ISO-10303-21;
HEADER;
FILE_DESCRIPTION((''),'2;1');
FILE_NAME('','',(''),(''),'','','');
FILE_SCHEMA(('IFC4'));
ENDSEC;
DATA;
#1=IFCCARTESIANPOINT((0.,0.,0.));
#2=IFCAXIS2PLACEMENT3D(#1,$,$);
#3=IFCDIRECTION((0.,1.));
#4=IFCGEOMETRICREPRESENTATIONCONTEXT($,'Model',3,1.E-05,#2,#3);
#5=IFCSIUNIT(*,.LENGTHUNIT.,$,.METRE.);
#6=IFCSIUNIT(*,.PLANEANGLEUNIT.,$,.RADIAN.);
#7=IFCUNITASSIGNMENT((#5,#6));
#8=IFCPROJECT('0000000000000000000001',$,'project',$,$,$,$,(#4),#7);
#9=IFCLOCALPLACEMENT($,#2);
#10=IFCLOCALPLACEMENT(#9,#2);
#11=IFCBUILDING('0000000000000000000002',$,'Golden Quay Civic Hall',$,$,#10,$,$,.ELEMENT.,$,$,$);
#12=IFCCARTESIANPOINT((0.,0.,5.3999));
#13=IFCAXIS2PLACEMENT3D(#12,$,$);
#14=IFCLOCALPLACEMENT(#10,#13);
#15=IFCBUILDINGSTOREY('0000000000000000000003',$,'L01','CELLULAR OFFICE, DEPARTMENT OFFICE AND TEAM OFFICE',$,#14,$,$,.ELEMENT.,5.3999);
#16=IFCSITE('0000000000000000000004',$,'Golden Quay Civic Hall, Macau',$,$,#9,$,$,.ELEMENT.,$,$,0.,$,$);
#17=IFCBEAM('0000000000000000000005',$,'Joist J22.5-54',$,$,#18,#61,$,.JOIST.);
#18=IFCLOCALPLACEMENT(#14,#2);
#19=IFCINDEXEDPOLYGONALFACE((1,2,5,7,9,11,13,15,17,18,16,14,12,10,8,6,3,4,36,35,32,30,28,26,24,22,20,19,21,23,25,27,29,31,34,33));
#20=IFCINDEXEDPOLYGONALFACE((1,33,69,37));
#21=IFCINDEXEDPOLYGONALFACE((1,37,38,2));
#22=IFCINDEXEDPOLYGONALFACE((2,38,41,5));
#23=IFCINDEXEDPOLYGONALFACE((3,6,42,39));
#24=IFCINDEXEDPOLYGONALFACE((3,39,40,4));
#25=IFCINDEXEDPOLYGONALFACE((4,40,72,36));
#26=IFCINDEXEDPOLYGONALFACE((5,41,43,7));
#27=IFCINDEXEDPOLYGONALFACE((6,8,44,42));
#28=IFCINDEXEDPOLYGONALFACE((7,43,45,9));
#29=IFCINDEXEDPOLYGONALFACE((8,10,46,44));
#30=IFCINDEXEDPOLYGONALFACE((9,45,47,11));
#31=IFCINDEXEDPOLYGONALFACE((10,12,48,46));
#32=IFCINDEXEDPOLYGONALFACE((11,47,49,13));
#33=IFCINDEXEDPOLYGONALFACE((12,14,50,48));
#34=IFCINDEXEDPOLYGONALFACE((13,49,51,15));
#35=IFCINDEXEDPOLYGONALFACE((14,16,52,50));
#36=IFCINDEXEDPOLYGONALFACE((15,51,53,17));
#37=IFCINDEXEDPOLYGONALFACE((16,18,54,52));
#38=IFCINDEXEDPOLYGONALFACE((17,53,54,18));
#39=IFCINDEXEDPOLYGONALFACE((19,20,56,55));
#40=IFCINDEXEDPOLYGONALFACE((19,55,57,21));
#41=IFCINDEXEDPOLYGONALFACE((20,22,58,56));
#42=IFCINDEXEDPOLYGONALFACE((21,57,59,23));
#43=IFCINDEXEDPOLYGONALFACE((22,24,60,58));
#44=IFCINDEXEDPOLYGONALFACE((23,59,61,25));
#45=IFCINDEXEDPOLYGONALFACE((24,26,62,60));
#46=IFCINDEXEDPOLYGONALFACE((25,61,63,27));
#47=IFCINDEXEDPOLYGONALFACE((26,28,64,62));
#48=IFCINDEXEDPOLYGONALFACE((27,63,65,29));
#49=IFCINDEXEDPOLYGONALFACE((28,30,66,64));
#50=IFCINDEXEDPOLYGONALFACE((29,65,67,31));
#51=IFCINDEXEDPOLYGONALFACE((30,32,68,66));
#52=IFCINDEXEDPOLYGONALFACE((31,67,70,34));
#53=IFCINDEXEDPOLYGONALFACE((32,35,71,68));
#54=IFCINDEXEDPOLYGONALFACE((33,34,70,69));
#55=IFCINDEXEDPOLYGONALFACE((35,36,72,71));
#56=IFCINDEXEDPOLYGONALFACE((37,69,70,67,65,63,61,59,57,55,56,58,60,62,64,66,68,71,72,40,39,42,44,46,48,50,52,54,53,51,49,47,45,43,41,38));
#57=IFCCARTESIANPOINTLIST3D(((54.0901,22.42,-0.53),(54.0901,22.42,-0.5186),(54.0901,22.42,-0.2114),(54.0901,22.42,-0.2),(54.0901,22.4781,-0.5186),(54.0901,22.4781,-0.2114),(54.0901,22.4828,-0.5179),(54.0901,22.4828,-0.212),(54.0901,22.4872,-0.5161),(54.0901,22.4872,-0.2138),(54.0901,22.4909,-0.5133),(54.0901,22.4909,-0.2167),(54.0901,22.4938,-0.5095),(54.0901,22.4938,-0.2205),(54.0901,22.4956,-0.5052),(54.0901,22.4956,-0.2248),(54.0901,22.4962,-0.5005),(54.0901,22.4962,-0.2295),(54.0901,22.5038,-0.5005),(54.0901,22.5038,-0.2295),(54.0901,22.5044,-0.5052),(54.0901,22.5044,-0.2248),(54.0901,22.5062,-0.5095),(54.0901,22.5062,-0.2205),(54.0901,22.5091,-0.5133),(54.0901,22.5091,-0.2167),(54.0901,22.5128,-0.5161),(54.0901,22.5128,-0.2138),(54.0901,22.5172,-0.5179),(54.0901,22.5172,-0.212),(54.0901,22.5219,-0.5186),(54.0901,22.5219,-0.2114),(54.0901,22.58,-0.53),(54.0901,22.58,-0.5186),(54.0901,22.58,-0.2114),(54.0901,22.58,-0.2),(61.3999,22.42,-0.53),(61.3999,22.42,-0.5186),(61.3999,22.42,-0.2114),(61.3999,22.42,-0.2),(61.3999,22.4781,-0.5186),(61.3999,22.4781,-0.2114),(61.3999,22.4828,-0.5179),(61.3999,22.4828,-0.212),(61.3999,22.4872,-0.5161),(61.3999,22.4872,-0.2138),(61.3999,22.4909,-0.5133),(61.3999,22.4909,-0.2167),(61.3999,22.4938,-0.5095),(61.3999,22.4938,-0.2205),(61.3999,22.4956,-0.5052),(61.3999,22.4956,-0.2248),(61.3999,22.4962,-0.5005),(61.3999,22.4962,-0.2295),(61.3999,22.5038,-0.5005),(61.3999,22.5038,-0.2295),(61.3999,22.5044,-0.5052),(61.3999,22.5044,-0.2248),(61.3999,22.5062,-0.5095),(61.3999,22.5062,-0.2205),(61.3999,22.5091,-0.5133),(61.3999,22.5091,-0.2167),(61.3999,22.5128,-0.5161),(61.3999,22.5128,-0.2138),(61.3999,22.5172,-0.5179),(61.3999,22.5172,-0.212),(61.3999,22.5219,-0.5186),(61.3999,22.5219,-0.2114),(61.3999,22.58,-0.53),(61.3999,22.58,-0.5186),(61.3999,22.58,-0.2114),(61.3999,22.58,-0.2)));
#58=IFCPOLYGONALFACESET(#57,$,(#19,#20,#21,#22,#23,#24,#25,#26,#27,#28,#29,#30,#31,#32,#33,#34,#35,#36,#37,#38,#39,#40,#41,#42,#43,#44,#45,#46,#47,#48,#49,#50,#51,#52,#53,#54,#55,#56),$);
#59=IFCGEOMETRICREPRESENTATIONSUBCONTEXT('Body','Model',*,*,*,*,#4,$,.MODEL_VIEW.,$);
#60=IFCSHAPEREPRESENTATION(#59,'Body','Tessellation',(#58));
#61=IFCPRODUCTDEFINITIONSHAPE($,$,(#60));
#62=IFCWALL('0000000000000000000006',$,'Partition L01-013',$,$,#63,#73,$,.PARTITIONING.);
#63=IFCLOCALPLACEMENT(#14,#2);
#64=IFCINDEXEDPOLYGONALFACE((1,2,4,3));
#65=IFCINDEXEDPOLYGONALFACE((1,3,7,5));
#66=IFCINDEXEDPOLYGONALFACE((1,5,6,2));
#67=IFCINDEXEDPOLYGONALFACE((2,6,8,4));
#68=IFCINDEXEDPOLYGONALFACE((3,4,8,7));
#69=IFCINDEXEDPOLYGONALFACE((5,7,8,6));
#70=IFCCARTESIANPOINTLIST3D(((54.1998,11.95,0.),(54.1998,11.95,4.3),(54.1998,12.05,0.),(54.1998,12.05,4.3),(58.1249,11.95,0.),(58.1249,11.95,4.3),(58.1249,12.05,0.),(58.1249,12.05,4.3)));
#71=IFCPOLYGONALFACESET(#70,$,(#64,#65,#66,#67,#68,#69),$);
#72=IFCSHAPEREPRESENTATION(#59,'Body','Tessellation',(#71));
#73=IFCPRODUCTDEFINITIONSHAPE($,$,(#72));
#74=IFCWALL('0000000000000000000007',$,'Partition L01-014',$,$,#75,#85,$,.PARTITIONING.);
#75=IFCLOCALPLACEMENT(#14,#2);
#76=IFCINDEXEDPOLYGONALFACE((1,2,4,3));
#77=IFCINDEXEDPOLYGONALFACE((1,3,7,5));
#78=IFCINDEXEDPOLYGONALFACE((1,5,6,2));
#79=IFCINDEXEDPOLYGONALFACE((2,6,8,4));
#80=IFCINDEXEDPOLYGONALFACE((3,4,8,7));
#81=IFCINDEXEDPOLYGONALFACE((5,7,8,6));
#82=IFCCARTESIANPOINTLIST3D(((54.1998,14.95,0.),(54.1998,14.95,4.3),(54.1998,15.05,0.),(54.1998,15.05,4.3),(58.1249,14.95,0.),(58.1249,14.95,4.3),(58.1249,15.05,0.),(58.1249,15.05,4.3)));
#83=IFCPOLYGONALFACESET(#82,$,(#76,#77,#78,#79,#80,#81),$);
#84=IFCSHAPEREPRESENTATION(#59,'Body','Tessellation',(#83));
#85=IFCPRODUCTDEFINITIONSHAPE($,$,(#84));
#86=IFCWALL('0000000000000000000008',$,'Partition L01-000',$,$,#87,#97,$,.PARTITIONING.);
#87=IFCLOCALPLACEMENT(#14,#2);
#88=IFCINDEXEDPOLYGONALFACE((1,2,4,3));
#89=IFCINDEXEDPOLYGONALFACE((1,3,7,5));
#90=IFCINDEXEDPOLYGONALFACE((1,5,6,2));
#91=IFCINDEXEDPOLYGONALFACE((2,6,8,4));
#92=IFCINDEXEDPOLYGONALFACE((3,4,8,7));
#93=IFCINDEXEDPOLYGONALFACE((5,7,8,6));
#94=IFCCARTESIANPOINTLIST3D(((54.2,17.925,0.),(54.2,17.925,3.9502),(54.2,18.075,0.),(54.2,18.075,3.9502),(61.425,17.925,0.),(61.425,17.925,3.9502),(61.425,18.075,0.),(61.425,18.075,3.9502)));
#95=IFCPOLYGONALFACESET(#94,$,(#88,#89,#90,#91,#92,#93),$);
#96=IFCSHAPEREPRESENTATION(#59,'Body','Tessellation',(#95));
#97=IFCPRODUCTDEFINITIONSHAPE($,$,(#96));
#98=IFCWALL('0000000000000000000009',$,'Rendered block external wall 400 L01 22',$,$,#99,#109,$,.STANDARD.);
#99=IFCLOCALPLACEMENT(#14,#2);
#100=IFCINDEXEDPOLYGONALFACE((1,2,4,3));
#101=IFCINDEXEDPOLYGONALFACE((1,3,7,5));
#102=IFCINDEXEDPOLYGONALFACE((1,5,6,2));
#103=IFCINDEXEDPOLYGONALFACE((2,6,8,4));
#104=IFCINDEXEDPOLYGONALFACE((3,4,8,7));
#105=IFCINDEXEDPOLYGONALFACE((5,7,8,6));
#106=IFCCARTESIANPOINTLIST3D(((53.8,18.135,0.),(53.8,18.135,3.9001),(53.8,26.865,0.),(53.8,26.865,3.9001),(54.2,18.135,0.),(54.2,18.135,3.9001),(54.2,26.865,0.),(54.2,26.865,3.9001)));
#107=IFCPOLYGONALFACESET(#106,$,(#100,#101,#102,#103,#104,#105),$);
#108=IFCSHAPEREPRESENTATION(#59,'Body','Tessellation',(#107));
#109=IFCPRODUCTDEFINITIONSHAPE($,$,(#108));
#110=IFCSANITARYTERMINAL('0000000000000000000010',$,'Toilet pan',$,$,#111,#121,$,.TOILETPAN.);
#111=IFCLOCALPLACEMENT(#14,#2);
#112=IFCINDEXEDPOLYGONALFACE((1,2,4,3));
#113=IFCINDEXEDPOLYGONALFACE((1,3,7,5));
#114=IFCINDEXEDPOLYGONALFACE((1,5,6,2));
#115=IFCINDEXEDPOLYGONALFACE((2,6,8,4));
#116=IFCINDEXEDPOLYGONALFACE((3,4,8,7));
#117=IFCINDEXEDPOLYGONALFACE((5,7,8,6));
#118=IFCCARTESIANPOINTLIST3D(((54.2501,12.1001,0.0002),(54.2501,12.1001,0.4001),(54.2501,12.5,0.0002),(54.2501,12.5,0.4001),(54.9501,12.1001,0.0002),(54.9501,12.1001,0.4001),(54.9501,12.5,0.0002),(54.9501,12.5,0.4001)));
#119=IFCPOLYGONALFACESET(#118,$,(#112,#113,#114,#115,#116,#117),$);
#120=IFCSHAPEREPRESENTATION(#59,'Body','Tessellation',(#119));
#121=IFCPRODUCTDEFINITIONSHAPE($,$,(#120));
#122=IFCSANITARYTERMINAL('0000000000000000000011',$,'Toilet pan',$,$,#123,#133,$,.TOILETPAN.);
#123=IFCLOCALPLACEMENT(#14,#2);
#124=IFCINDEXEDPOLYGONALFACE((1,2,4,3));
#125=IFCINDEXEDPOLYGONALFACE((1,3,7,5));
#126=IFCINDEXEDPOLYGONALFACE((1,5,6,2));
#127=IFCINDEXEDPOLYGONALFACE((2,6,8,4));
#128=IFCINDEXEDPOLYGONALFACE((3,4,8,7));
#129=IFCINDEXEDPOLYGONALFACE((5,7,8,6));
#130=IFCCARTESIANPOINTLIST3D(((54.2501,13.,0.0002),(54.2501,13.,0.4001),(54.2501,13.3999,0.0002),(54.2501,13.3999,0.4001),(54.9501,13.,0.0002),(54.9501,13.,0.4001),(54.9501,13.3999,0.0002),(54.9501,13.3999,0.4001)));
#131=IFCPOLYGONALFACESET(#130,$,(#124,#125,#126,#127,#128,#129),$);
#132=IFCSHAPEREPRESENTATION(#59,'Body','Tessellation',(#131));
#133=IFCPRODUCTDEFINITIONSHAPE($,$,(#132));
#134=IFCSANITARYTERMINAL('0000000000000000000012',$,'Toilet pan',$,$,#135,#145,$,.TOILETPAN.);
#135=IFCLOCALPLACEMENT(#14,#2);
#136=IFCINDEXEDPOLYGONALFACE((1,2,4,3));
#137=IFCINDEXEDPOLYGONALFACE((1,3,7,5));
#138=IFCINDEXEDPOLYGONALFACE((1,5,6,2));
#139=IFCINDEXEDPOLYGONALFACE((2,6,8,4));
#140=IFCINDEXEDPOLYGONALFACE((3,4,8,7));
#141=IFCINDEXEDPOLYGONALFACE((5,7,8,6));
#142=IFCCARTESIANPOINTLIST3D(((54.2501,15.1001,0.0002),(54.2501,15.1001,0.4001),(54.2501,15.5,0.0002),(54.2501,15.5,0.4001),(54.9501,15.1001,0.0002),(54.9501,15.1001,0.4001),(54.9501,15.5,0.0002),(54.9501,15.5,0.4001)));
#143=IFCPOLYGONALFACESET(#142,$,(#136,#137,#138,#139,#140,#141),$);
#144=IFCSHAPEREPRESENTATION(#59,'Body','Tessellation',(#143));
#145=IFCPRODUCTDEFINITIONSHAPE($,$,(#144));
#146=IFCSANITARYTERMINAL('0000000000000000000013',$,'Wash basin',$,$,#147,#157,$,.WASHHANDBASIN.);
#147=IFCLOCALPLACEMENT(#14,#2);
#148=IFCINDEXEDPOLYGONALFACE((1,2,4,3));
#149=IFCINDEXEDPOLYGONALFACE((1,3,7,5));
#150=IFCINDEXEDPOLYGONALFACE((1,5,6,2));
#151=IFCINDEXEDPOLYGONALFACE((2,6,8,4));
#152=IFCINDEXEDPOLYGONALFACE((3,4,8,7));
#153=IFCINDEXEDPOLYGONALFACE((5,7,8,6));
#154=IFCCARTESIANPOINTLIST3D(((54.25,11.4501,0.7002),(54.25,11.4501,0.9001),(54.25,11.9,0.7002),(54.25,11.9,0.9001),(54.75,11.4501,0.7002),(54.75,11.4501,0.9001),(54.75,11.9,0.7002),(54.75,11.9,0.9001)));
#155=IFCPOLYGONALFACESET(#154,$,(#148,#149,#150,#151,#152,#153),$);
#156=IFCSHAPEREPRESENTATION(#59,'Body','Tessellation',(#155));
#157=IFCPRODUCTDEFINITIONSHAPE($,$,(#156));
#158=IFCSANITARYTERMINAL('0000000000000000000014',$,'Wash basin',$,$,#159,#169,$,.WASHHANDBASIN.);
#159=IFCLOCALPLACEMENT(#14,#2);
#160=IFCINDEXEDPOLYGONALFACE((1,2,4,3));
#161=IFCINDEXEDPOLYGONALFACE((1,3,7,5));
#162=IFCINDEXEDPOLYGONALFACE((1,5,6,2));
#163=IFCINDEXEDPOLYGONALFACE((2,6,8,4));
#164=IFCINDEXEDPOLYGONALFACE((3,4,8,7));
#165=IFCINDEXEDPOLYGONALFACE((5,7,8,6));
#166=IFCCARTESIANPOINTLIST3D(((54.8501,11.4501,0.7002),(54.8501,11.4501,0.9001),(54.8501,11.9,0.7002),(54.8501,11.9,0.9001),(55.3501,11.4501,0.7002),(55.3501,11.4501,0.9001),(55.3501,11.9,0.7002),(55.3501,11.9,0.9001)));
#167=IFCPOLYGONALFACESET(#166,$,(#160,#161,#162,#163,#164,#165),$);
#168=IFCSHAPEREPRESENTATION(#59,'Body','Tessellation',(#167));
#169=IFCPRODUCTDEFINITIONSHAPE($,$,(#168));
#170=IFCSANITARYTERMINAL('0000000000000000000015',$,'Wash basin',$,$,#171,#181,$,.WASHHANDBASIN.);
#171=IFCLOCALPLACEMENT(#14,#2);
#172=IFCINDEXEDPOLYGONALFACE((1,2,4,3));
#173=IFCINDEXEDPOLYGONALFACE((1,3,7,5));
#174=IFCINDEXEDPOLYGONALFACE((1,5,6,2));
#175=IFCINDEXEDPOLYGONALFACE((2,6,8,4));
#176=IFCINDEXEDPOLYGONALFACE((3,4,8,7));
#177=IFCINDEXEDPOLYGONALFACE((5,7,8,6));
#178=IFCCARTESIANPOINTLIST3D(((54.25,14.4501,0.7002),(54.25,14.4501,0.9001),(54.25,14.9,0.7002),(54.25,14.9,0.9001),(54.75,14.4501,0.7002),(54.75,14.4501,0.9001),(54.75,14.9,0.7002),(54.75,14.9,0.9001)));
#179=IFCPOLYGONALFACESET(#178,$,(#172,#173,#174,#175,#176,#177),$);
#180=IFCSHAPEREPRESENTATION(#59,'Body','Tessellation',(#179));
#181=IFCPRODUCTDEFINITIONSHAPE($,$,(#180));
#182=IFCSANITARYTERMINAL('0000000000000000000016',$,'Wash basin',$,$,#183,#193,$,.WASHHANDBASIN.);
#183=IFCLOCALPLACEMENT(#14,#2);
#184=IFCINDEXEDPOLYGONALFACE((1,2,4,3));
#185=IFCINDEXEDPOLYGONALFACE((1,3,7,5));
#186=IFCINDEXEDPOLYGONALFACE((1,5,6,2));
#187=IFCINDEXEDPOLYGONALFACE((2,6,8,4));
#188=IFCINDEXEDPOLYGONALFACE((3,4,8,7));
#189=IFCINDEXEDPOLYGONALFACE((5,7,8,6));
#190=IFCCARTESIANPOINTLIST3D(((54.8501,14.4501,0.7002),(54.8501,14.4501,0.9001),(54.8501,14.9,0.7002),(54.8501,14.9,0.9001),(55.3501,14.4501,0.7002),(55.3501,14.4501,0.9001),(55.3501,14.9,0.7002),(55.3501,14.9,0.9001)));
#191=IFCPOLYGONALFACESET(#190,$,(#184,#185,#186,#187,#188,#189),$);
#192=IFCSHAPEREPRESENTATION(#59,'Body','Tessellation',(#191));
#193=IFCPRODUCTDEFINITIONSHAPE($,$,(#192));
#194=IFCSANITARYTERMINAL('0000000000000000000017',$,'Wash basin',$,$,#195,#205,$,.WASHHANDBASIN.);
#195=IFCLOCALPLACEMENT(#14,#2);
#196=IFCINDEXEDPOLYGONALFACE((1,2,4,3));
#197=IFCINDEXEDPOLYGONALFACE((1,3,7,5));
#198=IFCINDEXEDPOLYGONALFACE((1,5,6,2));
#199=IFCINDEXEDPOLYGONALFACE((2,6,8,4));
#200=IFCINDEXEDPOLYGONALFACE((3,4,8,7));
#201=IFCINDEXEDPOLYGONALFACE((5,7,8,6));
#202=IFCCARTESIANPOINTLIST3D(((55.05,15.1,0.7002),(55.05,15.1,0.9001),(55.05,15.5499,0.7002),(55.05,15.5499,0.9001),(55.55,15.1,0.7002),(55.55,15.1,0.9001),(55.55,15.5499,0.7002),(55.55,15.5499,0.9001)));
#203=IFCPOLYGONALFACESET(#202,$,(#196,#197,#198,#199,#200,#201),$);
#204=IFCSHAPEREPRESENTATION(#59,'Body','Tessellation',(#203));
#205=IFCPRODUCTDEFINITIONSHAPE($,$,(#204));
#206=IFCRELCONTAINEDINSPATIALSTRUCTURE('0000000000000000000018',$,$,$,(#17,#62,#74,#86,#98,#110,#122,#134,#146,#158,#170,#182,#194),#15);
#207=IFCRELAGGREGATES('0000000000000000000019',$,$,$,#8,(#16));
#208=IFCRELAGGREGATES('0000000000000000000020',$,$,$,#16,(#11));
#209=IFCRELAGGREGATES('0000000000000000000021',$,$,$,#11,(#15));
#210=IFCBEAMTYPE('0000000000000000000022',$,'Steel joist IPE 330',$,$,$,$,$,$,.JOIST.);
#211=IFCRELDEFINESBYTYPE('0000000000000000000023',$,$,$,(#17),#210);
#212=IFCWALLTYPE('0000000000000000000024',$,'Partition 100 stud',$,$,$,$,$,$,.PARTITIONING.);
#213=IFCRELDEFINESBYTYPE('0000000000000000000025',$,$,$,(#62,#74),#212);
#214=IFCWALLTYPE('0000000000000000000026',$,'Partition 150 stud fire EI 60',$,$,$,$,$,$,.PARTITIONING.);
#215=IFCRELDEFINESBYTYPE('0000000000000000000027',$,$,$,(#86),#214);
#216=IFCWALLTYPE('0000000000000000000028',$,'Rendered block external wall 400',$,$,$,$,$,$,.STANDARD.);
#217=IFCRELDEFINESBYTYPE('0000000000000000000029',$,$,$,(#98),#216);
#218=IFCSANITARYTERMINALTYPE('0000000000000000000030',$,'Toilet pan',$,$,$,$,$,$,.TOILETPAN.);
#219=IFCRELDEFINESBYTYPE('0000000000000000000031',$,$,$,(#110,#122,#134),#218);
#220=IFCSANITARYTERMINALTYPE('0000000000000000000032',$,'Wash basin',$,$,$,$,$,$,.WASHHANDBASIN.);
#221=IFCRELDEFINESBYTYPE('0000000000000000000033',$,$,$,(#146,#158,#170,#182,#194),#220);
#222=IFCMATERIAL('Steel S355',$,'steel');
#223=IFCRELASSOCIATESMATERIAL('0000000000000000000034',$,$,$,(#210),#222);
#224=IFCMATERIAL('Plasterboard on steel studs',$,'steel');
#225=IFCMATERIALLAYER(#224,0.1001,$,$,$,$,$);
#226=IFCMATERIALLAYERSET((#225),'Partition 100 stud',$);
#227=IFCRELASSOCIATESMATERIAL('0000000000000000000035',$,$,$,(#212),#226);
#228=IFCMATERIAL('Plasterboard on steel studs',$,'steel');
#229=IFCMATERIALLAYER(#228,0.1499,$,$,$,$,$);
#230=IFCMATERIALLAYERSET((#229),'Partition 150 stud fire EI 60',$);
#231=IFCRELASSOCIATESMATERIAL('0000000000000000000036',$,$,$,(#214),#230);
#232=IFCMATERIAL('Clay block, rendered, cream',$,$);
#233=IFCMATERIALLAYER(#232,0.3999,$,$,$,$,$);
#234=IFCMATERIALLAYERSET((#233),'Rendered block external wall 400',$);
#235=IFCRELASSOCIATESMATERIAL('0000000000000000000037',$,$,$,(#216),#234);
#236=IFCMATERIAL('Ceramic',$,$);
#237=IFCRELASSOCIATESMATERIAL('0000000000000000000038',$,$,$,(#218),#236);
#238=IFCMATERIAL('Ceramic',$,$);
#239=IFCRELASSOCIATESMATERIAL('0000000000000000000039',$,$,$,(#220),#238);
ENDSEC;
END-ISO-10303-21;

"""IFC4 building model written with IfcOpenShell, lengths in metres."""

from ifc_helpers import new_model, si_unit, direction, frame, frame_2d, origin, origin_2d, place, context, subcontext, project, spatial, rectangle, i_section, extrude, material, layer, layer_set, material_profile, profile_set, type_object, element, save


model = new_model("IFC4")

# Units and contexts
model_context = context("Model", 3, precision=1e-05, world=origin(), true_north=direction((0.0, 1.0)))
body_context = subcontext(model_context, "Body", "Model", "MODEL_VIEW")
ifc_project = project(units=[si_unit("LENGTHUNIT", "METRE"), si_unit("PLANEANGLEUNIT", "RADIAN")], contexts=[model_context])

# Site, building, storey
site_placement = place(None, origin())
site = spatial("IfcSite", under=ifc_project, at=site_placement, Name="Golden Quay Civic Hall, Macau", CompositionType="ELEMENT", RefElevation=0.0)
building_placement = place(site_placement, origin())
building = spatial("IfcBuilding", under=site, at=building_placement, Name="Golden Quay Civic Hall", CompositionType="ELEMENT")
storey_placement = place(building_placement, frame((0.0, 0.0, 5.3999)))
storey = spatial("IfcBuildingStorey", under=building, at=storey_placement, Name="L01", Description="CELLULAR OFFICE, DEPARTMENT OFFICE AND TEAM OFFICE", CompositionType="ELEMENT", Elevation=5.3999)

# Beam
ifc_material_1 = material(Name="Steel S355", Category="steel")
ifc_material_profile_1 = material_profile(ifc_material_1, i_section(OverallWidth=0.1599, OverallDepth=0.3301, WebThickness=0.0076, FlangeThickness=0.0115, FilletRadius=0.0181, at=origin_2d()), Name="IPE 330")
ifc_profile_set_1 = profile_set([ifc_material_profile_1], Name="Steel S355")
beam_type_1 = type_object("IfcBeamType", Name="Steel joist IPE 330", PredefinedType="JOIST", material=ifc_profile_set_1)
for number, where, z_axis, x_axis, name in (
    (1, (54.0901, 22.5, -0.365), (1.0, 0.0, 0.0), (0.0, 1.0, 0.0), "Joist J22.5-54"),
):
    element("IfcBeam", number, at=place(storey_placement, frame(where, z_axis=z_axis, x_axis=x_axis)), inside=storey, type_object=beam_type_1, Name=name, PredefinedType="JOIST", context=body_context, shape_type="SweptSolid", body=[
        extrude(i_section(OverallWidth=0.1599, OverallDepth=0.3301, WebThickness=0.0076, FlangeThickness=0.0115, FilletRadius=0.0181, at=origin_2d()), origin(), (0.0, 0.0, 1.0), 7.3098),
    ])

# Walls
ifc_material_2 = material(Name="Plasterboard on steel studs", Category="steel")
ifc_layer_1 = layer(ifc_material_2, 0.1001)
ifc_layer_set_1 = layer_set([ifc_layer_1], Name="Partition 100 stud")
wall_type_1 = type_object("IfcWallType", Name="Partition 100 stud", PredefinedType="PARTITIONING", material=ifc_layer_set_1)
for number, where, z_axis, x_axis, name in (
    (2, (54.2, 12.0, 0.0), (0.0, 0.0, 1.0), (1.0, 0.0, 0.0), "Partition L01-013"),
    (3, (54.2, 15.0, 0.0), (0.0, 0.0, 1.0), (1.0, 0.0, 0.0), "Partition L01-014"),
):
    element("IfcWall", number, at=place(storey_placement, frame(where, z_axis=z_axis, x_axis=x_axis)), inside=storey, type_object=wall_type_1, Name=name, PredefinedType="PARTITIONING", context=body_context, shape_type="SweptSolid", body=[
        extrude(rectangle(XDim=3.925, YDim=0.1001, at=frame_2d((1.9624, 0.0))), origin(), (0.0, 0.0, 1.0), 4.3),
    ])
ifc_material_3 = material(Name="Plasterboard on steel studs", Category="steel")
ifc_layer_2 = layer(ifc_material_3, 0.1499)
ifc_layer_set_2 = layer_set([ifc_layer_2], Name="Partition 150 stud fire EI 60")
wall_type_2 = type_object("IfcWallType", Name="Partition 150 stud fire EI 60", PredefinedType="PARTITIONING", material=ifc_layer_set_2)
wall_1_placement = place(storey_placement, frame((54.2, 18.0, 0.0), z_axis=(0.0, 0.0, 1.0), x_axis=(1.0, 0.0, 0.0)))
element("IfcWall", 4, at=wall_1_placement, inside=storey, type_object=wall_type_2, Name="Partition L01-000", PredefinedType="PARTITIONING", context=body_context, shape_type="SweptSolid", body=[
    extrude(rectangle(XDim=7.2251, YDim=0.1499, at=frame_2d((3.6125, 0.0))), origin(), (0.0, 0.0, 1.0), 3.9502),
])
ifc_material_4 = material(Name="Clay block, rendered, cream")
ifc_layer_3 = layer(ifc_material_4, 0.3999)
ifc_layer_set_3 = layer_set([ifc_layer_3], Name="Rendered block external wall 400")
wall_type_3 = type_object("IfcWallType", Name="Rendered block external wall 400", PredefinedType="STANDARD", material=ifc_layer_set_3)
wall_2_placement = place(storey_placement, frame((54.0, 18.135, 0.0), z_axis=(0.0, 0.0, 1.0), x_axis=(0.0, 1.0, 0.0)))
element("IfcWall", 5, at=wall_2_placement, inside=storey, type_object=wall_type_3, Name="Rendered block external wall 400 L01 22", PredefinedType="STANDARD", context=body_context, shape_type="SweptSolid", body=[
    extrude(rectangle(XDim=8.73, YDim=0.3999, at=frame_2d((4.365, 0.0))), origin(), (0.0, 0.0, 1.0), 3.9001),
])

# Sanitary terminals
ifc_material_5 = material(Name="Ceramic")
sanitary_terminal_type_1 = type_object("IfcSanitaryTerminalType", Name="Toilet pan", PredefinedType="TOILETPAN", material=ifc_material_5)
for number, where, z_axis, x_axis, name in (
    (6, (54.6001, 12.3, 0.0002), (0.0, 0.0, 1.0), (0.0, 1.0, 0.0), "Toilet pan"),
    (7, (54.6001, 13.2, 0.0002), (0.0, 0.0, 1.0), (0.0, 1.0, 0.0), "Toilet pan"),
    (8, (54.6001, 15.3, 0.0002), (0.0, 0.0, 1.0), (0.0, 1.0, 0.0), "Toilet pan"),
):
    element("IfcSanitaryTerminal", number, at=place(storey_placement, frame(where, z_axis=z_axis, x_axis=x_axis)), inside=storey, type_object=sanitary_terminal_type_1, Name=name, PredefinedType="TOILETPAN", context=body_context, shape_type="SweptSolid", body=[
        extrude(rectangle(XDim=0.3999, YDim=0.7, at=origin_2d()), origin(), (0.0, 0.0, 1.0), 0.3999),
    ])
ifc_material_6 = material(Name="Ceramic")
sanitary_terminal_type_2 = type_object("IfcSanitaryTerminalType", Name="Wash basin", PredefinedType="WASHHANDBASIN", material=ifc_material_6)
for number, where, z_axis, x_axis, name in (
    (9, (54.5, 11.675, 0.7002), (0.0, 0.0, 1.0), (1.0, 0.0, 0.0), "Wash basin"),
    (10, (55.1001, 11.675, 0.7002), (0.0, 0.0, 1.0), (1.0, 0.0, 0.0), "Wash basin"),
    (11, (54.5, 14.675, 0.7002), (0.0, 0.0, 1.0), (1.0, 0.0, 0.0), "Wash basin"),
    (12, (55.1001, 14.675, 0.7002), (0.0, 0.0, 1.0), (1.0, 0.0, 0.0), "Wash basin"),
    (13, (55.3, 15.325, 0.7002), (0.0, 0.0, 1.0), (1.0, 0.0, 0.0), "Wash basin"),
):
    element("IfcSanitaryTerminal", number, at=place(storey_placement, frame(where, z_axis=z_axis, x_axis=x_axis)), inside=storey, type_object=sanitary_terminal_type_2, Name=name, PredefinedType="WASHHANDBASIN", context=body_context, shape_type="SweptSolid", body=[
        extrude(rectangle(XDim=0.5, YDim=0.45, at=origin_2d()), origin(), (0.0, 0.0, 1.0), 0.2),
    ])

save(model, "model.ifc")
